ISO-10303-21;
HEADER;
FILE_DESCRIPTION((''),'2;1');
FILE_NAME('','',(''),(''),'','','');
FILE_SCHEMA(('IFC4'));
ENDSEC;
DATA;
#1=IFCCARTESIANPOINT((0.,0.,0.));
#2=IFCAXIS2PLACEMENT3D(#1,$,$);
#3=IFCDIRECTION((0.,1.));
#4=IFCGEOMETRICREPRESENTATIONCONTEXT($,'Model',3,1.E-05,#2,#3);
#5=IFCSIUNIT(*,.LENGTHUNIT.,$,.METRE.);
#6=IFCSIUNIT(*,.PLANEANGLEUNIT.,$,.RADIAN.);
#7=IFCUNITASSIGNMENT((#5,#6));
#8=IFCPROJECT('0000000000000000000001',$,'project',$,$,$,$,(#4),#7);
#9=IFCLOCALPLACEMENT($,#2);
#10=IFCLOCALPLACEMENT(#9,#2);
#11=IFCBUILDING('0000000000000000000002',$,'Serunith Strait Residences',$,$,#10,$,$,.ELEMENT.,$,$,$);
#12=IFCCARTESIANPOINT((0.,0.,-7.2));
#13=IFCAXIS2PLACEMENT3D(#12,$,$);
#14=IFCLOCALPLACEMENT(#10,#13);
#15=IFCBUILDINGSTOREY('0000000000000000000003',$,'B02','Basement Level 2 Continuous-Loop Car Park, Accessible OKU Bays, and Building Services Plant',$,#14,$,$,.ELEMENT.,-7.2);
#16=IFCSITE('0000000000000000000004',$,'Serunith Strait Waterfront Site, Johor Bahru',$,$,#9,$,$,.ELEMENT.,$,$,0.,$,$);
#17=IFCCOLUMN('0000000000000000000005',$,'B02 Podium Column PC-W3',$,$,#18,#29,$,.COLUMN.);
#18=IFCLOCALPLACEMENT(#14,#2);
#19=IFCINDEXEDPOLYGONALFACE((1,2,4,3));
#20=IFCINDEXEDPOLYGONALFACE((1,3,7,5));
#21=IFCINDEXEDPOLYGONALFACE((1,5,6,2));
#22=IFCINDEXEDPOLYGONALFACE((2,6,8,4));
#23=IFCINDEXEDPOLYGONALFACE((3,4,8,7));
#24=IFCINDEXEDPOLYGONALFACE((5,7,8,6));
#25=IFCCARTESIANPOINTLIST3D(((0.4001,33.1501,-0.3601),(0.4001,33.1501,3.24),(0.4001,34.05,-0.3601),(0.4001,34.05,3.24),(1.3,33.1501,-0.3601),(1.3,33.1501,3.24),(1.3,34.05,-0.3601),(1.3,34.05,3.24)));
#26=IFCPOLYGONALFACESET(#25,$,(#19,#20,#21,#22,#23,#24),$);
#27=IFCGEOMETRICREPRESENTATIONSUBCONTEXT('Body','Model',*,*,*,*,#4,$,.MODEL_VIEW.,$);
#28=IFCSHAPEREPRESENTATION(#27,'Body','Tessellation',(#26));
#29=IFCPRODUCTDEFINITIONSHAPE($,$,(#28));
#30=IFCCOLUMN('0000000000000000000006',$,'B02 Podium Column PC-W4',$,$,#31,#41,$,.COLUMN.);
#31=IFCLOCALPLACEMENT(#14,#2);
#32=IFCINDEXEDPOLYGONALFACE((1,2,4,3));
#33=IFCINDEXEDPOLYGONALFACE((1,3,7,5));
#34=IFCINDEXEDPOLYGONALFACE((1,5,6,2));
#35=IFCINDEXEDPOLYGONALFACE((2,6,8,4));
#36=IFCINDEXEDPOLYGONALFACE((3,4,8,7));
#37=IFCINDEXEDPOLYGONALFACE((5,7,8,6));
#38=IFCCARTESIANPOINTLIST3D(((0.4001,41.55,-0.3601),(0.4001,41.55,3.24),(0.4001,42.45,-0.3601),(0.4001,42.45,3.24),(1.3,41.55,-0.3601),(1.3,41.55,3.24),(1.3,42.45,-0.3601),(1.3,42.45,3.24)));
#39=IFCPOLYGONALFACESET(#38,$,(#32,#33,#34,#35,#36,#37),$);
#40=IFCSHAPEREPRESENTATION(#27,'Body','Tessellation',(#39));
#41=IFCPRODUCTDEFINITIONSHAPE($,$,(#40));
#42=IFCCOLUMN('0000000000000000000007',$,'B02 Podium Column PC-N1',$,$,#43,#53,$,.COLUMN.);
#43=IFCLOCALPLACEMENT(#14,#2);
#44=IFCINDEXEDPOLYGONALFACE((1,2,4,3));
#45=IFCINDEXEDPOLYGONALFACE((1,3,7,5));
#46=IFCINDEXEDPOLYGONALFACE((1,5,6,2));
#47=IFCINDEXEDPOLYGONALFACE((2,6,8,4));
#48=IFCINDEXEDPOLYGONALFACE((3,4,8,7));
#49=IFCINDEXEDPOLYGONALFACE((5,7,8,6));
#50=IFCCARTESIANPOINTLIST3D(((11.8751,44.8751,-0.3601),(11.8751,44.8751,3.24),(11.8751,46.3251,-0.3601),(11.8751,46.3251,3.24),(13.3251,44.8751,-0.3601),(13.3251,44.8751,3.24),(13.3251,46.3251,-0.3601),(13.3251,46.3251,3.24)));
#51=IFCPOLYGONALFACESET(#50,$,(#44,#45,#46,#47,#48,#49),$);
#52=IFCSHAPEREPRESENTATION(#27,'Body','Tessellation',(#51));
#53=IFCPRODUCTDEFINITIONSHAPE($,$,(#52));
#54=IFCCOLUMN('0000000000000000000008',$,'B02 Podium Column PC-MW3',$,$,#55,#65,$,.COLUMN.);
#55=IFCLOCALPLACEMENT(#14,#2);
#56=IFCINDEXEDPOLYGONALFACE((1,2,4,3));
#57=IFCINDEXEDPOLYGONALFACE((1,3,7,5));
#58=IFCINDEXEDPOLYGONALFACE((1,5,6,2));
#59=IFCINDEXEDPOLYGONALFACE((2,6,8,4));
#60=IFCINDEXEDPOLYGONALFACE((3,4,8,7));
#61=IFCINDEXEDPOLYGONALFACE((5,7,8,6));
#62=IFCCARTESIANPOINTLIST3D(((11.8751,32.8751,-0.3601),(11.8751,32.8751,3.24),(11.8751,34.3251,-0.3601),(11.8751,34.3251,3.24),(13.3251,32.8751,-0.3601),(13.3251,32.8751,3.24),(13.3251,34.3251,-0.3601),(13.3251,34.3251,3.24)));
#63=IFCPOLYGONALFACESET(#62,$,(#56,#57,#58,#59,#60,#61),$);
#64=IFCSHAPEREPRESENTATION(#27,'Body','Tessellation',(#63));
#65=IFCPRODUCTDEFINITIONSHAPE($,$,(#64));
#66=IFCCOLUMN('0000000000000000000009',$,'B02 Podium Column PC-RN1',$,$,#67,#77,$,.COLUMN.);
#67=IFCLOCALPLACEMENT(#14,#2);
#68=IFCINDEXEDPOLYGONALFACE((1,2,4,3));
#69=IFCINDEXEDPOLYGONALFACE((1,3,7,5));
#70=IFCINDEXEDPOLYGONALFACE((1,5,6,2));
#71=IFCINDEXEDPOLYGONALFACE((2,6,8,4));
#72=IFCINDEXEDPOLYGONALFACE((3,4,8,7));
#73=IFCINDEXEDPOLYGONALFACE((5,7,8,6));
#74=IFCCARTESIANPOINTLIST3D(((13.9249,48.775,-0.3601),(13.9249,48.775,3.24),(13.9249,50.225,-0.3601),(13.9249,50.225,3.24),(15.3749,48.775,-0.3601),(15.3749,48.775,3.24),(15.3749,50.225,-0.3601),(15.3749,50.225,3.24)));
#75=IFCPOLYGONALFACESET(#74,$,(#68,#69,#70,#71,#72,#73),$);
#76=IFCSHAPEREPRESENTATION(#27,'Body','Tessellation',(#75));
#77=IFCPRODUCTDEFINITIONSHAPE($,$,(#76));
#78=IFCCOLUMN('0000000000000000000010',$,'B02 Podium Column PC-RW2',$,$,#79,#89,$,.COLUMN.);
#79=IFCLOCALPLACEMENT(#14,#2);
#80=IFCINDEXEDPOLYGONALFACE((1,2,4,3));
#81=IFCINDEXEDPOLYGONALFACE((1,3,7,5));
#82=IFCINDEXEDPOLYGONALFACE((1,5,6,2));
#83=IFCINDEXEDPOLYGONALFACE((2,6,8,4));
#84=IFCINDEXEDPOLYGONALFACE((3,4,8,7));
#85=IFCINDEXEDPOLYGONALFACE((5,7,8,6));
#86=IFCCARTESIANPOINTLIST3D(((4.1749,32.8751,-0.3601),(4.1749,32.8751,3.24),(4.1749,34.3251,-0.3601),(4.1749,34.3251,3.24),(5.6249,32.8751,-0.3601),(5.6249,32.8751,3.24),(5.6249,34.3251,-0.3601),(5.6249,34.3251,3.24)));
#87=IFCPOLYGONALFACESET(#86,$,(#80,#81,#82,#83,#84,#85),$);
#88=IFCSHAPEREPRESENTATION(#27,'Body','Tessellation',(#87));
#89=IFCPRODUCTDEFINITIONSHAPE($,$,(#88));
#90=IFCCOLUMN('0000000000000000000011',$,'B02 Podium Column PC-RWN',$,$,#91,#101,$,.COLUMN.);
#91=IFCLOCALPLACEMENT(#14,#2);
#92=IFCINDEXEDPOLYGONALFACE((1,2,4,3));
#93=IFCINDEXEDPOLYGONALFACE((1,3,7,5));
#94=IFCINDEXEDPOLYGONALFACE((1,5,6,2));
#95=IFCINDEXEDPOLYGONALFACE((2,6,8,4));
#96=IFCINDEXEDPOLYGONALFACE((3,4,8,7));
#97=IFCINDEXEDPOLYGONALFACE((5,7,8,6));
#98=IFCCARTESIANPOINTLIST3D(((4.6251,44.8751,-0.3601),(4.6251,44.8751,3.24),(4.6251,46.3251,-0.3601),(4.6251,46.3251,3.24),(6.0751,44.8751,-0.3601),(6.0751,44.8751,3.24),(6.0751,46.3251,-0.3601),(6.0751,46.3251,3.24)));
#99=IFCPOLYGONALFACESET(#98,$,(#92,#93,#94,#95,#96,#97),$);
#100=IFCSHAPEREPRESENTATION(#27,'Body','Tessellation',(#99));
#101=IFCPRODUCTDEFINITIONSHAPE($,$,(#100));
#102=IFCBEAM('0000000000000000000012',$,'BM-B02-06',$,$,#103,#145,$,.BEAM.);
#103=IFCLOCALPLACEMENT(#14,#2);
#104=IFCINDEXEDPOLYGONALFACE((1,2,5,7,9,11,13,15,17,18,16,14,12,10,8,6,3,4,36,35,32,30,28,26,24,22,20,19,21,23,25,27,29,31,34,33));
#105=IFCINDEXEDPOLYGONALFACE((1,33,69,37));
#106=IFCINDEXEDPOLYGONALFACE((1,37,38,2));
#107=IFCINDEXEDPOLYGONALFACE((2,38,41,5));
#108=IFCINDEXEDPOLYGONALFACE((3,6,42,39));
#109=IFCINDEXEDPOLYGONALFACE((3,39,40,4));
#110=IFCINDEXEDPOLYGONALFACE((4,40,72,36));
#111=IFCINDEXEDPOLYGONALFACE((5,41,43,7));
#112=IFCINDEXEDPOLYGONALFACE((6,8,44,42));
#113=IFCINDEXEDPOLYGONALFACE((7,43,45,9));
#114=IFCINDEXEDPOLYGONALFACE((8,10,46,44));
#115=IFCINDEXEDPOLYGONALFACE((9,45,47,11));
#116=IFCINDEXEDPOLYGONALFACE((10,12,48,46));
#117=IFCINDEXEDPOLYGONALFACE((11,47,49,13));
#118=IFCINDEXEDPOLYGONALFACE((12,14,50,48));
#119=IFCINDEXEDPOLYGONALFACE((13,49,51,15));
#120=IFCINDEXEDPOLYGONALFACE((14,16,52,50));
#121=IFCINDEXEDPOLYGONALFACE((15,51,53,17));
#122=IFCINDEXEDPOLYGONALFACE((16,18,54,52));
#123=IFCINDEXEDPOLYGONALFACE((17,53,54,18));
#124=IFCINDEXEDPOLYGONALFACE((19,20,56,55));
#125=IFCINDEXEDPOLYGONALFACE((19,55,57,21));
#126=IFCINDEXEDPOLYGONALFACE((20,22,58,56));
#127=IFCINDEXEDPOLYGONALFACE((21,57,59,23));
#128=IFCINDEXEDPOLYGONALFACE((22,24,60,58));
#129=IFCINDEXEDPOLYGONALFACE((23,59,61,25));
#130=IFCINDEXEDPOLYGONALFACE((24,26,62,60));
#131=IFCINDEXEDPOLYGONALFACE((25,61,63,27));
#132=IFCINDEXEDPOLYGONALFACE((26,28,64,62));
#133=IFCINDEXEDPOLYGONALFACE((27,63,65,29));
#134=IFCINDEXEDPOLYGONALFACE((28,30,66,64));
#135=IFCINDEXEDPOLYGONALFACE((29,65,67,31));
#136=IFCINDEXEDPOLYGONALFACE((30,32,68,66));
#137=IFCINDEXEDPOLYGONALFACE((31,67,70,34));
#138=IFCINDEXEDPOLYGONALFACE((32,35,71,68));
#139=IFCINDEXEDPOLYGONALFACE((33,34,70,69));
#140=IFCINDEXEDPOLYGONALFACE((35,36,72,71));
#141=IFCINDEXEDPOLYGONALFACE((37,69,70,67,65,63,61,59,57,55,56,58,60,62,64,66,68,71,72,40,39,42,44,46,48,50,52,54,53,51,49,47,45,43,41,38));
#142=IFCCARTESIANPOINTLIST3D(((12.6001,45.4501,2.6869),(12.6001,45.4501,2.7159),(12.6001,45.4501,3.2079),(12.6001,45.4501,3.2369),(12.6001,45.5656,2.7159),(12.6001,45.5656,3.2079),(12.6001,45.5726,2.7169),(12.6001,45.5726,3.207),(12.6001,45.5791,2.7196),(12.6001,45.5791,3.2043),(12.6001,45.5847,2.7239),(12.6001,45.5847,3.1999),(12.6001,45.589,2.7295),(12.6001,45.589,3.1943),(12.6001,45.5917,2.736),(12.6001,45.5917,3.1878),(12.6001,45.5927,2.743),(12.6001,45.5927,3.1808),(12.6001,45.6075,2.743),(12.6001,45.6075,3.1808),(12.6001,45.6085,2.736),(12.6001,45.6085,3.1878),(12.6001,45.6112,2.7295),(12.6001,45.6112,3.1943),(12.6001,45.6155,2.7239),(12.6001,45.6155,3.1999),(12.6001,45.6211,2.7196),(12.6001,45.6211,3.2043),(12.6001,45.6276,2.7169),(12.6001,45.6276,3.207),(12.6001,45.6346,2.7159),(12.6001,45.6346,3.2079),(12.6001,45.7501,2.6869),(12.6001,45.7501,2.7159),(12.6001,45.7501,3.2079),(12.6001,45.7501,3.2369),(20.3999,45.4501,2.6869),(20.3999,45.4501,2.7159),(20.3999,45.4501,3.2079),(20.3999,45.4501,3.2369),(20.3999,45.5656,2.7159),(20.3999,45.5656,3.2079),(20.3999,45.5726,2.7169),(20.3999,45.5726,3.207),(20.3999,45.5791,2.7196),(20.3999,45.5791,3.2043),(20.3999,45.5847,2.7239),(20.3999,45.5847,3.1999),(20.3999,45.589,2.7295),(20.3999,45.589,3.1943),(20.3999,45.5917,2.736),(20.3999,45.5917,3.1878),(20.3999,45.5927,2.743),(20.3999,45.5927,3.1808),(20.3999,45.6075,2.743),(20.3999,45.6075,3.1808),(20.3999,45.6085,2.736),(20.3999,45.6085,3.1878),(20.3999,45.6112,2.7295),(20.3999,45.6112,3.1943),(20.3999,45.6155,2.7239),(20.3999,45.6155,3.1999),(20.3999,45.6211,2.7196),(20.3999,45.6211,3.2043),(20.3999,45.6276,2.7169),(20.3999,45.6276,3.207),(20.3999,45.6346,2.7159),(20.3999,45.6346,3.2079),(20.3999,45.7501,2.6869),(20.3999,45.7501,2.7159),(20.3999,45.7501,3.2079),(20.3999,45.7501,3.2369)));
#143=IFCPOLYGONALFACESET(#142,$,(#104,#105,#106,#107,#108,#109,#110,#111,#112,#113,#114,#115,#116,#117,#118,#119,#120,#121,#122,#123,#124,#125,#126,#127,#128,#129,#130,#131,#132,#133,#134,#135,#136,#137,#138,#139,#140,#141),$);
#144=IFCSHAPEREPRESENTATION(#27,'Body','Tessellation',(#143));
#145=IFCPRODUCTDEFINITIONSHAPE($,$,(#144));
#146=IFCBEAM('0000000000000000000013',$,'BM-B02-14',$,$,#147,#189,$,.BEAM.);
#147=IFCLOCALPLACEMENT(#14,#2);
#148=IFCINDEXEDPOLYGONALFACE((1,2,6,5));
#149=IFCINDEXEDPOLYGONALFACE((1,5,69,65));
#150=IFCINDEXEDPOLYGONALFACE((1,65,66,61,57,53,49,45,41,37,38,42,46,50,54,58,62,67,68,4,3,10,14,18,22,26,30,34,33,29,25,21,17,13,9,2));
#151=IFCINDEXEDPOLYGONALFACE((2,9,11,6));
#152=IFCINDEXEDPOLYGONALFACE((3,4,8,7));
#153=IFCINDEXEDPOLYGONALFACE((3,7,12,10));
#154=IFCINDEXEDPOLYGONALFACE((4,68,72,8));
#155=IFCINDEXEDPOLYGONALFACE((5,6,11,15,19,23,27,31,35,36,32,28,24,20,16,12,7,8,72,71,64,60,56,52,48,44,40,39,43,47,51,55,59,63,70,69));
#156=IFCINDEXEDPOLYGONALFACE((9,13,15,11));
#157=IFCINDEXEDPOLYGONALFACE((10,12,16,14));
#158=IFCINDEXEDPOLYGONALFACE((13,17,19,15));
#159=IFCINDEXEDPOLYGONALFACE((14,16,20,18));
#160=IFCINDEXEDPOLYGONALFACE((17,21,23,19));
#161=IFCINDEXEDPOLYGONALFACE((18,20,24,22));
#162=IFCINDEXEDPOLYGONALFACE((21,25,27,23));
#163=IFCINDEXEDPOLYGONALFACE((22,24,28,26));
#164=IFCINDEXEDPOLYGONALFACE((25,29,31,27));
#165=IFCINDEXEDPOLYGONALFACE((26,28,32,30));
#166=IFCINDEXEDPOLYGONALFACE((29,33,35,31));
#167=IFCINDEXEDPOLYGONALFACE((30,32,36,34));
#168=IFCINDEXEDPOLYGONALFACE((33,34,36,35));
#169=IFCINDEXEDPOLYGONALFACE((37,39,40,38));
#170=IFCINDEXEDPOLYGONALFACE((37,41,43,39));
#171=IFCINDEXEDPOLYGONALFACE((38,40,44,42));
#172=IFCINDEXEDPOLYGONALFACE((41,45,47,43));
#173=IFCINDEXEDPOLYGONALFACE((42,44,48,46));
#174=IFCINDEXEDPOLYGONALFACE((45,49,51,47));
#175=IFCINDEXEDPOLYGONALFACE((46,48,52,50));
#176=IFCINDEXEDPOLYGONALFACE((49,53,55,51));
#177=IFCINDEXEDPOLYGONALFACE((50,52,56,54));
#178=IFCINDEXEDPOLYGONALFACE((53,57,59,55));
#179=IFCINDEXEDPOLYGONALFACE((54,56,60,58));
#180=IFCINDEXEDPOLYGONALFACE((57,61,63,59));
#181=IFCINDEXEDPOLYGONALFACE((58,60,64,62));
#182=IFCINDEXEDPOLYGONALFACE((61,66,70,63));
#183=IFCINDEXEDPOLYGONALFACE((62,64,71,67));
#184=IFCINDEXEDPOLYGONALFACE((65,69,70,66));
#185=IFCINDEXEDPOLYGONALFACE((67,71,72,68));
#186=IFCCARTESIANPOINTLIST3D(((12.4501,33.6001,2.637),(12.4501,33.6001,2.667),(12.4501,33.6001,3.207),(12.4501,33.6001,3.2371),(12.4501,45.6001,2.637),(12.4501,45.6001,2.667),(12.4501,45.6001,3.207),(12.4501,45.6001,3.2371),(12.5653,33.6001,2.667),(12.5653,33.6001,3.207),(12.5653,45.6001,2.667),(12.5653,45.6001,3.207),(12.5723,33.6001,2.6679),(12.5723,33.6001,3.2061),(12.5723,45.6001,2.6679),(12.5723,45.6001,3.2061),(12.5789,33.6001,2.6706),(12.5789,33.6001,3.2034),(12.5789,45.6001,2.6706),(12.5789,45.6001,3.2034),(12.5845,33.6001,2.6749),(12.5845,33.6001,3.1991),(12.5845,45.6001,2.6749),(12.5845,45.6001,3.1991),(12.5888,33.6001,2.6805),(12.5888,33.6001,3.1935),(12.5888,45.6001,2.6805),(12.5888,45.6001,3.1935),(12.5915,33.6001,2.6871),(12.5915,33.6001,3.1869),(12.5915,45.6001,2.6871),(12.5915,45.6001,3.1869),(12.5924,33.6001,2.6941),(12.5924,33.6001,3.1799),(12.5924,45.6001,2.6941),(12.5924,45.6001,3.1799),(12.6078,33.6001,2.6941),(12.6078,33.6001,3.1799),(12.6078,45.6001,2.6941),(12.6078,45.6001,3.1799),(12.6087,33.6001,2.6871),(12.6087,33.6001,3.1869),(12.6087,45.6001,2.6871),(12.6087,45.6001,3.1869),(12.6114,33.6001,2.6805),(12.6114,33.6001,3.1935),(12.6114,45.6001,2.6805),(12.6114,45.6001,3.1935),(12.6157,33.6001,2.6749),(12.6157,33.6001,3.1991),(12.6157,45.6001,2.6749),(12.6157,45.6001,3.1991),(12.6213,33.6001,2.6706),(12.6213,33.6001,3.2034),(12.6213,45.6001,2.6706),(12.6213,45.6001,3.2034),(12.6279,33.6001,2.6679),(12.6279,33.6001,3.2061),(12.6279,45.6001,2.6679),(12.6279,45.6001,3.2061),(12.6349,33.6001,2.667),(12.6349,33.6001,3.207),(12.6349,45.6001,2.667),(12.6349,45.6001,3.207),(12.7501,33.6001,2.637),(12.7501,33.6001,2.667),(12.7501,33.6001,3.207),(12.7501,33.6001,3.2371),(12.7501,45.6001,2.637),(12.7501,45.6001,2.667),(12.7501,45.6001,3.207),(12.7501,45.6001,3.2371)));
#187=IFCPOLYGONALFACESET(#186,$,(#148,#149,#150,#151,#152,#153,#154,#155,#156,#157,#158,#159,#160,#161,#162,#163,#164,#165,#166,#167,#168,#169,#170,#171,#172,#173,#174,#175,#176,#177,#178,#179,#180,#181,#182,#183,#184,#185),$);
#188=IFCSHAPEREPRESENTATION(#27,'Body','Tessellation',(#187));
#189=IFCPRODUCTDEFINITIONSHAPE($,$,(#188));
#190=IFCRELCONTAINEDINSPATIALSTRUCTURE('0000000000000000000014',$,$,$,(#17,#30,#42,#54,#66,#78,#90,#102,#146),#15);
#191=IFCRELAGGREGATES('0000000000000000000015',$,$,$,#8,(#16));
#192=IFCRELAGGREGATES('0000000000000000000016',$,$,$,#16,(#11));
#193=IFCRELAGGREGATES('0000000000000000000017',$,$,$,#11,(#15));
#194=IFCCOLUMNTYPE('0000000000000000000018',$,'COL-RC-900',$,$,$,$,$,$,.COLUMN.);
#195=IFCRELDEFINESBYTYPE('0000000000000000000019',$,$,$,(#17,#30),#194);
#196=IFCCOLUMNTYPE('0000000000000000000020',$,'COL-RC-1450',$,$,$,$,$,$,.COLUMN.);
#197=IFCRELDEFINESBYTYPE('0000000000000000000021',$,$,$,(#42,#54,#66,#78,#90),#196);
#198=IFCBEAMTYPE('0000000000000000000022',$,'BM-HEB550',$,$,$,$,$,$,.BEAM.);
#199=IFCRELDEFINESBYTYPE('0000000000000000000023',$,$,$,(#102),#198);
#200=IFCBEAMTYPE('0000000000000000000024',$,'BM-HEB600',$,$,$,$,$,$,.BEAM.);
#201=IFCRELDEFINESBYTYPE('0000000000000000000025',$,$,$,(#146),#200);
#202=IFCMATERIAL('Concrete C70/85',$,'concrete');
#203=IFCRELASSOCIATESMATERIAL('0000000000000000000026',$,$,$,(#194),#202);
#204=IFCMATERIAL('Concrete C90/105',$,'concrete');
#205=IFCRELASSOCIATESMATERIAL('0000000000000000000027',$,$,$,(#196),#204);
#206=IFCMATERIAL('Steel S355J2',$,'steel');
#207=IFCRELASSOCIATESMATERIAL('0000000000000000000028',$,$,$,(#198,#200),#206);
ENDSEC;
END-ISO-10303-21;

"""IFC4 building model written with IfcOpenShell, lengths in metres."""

from ifc_helpers import new_model, si_unit, direction, frame, origin, origin_2d, place, context, subcontext, project, spatial, rectangle, i_section, extrude, source, transform, mapped, material, material_profile, profile_set, type_object, element, save


model = new_model("IFC4")

# Units and contexts
model_context = context("Model", 3, precision=1e-05, world=origin(), true_north=direction((0.0, 1.0)))
body_context = subcontext(model_context, "Body", "Model", "MODEL_VIEW")
ifc_project = project(units=[si_unit("LENGTHUNIT", "METRE"), si_unit("PLANEANGLEUNIT", "RADIAN")], contexts=[model_context])

# Site, building, storey
site_placement = place(None, origin())
site = spatial("IfcSite", under=ifc_project, at=site_placement, Name="Serunith Strait Waterfront Site, Johor Bahru", CompositionType="ELEMENT", RefElevation=0.0)
building_placement = place(site_placement, origin())
building = spatial("IfcBuilding", under=site, at=building_placement, Name="Serunith Strait Residences", CompositionType="ELEMENT")
storey_placement = place(building_placement, frame((0.0, 0.0, -7.2)))
storey = spatial("IfcBuildingStorey", under=building, at=storey_placement, Name="B02", Description="Basement Level 2 Continuous-Loop Car Park, Accessible OKU Bays, and Building Services Plant", CompositionType="ELEMENT", Elevation=-7.2)

# Columns
ifc_material_1 = material(Name="Concrete C70/85", Category="concrete")
ifc_material_profile_1 = material_profile(ifc_material_1, rectangle(XDim=0.8999, YDim=0.8999, at=origin_2d()), Name="RC 900x900")
ifc_profile_set_1 = profile_set([ifc_material_profile_1], Name="Concrete C70/85")
column_type_1 = type_object("IfcColumnType", Name="COL-RC-900", PredefinedType="COLUMN", material=ifc_profile_set_1)
shared_shape_1 = source(origin(), body_context, "Body", "SweptSolid", [
    extrude(rectangle(XDim=0.8999, YDim=0.8999, at=origin_2d()), origin(), (0.0, 0.0, 1.0), 3.6001),
])
for number, where, z_axis, x_axis, name in (
    (1, (0.8501, 33.6001, -0.3601), (0.0, 0.0, 1.0), (1.0, 0.0, 0.0), "B02 Podium Column PC-W3"),
    (2, (0.8501, 42.0, -0.3601), (0.0, 0.0, 1.0), (1.0, 0.0, 0.0), "B02 Podium Column PC-W4"),
):
    element("IfcColumn", number, at=place(storey_placement, frame(where, z_axis=z_axis, x_axis=x_axis)), inside=storey, type_object=column_type_1, Name=name, PredefinedType="COLUMN", context=body_context, shape_type="MappedRepresentation", body=[
        mapped(shared_shape_1, transform((0.0, 0.0, 0.0), scale=1.0)),
    ])
ifc_material_2 = material(Name="Concrete C90/105", Category="concrete")
ifc_material_profile_2 = material_profile(ifc_material_2, rectangle(XDim=1.45, YDim=1.45, at=origin_2d()), Name="RC 1450x1450")
ifc_profile_set_2 = profile_set([ifc_material_profile_2], Name="Concrete C90/105")
column_type_2 = type_object("IfcColumnType", Name="COL-RC-1450", PredefinedType="COLUMN", material=ifc_profile_set_2)
shared_shape_2 = source(origin(), body_context, "Body", "SweptSolid", [
    extrude(rectangle(XDim=1.45, YDim=1.45, at=origin_2d()), origin(), (0.0, 0.0, 1.0), 3.6001),
])
for number, where, z_axis, x_axis, name in (
    (3, (12.6001, 45.6001, -0.3601), (0.0, 0.0, 1.0), (1.0, 0.0, 0.0), "B02 Podium Column PC-N1"),
    (4, (12.6001, 33.6001, -0.3601), (0.0, 0.0, 1.0), (1.0, 0.0, 0.0), "B02 Podium Column PC-MW3"),
    (5, (14.6499, 49.5, -0.3601), (0.0, 0.0, 1.0), (1.0, 0.0, 0.0), "B02 Podium Column PC-RN1"),
    (6, (4.8999, 33.6001, -0.3601), (0.0, 0.0, 1.0), (1.0, 0.0, 0.0), "B02 Podium Column PC-RW2"),
    (7, (5.3501, 45.6001, -0.3601), (0.0, 0.0, 1.0), (1.0, 0.0, 0.0), "B02 Podium Column PC-RWN"),
):
    element("IfcColumn", number, at=place(storey_placement, frame(where, z_axis=z_axis, x_axis=x_axis)), inside=storey, type_object=column_type_2, Name=name, PredefinedType="COLUMN", context=body_context, shape_type="MappedRepresentation", body=[
        mapped(shared_shape_2, transform((0.0, 0.0, 0.0), scale=1.0)),
    ])

# Beams
ifc_material_3 = material(Name="Steel S355J2", Category="steel")
ifc_material_profile_3 = material_profile(ifc_material_3, i_section(OverallWidth=0.3, OverallDepth=0.55, WebThickness=0.0149, FlangeThickness=0.0291, FilletRadius=0.0271, at=origin_2d()), Name="HEB 550")
ifc_profile_set_3 = profile_set([ifc_material_profile_3], Name="Steel S355J2")
beam_type_1 = type_object("IfcBeamType", Name="BM-HEB550", PredefinedType="BEAM", material=ifc_profile_set_3)
shared_shape_3 = source(origin(), body_context, "Body", "SweptSolid", [
    extrude(i_section(OverallWidth=0.3, OverallDepth=0.55, WebThickness=0.0149, FlangeThickness=0.0291, FilletRadius=0.0271, at=origin_2d()), origin(), (0.0, 0.0, 1.0), 7.7998),
])
beam_1_placement = place(storey_placement, frame((12.6001, 45.6001, 2.9619), z_axis=(1.0, 0.0, 0.0), x_axis=(0.0, 1.0, 0.0)))
element("IfcBeam", 8, at=beam_1_placement, inside=storey, type_object=beam_type_1, Name="BM-B02-06", PredefinedType="BEAM", context=body_context, shape_type="MappedRepresentation", body=[
    mapped(shared_shape_3, transform((0.0, 0.0, 0.0), scale=1.0)),
])
ifc_material_profile_4 = material_profile(ifc_material_3, i_section(OverallWidth=0.3, OverallDepth=0.6001, WebThickness=0.0154, FlangeThickness=0.03, FilletRadius=0.0271, at=origin_2d()), Name="HEB 600")
ifc_profile_set_4 = profile_set([ifc_material_profile_4], Name="Steel S355J2")
beam_type_2 = type_object("IfcBeamType", Name="BM-HEB600", PredefinedType="BEAM", material=ifc_profile_set_4)
shared_shape_4 = source(origin(), body_context, "Body", "SweptSolid", [
    extrude(i_section(OverallWidth=0.3, OverallDepth=0.6001, WebThickness=0.0154, FlangeThickness=0.03, FilletRadius=0.0271, at=origin_2d()), origin(), (0.0, 0.0, 1.0), 12.0),
])
beam_2_placement = place(storey_placement, frame((12.6001, 33.6001, 2.937), z_axis=(0.0, 1.0, 0.0), x_axis=(-1.0, 0.0, 0.0)))
element("IfcBeam", 9, at=beam_2_placement, inside=storey, type_object=beam_type_2, Name="BM-B02-14", PredefinedType="BEAM", context=body_context, shape_type="MappedRepresentation", body=[
    mapped(shared_shape_4, transform((0.0, 0.0, 0.0), scale=1.0)),
])

save(model, "model.ifc")
